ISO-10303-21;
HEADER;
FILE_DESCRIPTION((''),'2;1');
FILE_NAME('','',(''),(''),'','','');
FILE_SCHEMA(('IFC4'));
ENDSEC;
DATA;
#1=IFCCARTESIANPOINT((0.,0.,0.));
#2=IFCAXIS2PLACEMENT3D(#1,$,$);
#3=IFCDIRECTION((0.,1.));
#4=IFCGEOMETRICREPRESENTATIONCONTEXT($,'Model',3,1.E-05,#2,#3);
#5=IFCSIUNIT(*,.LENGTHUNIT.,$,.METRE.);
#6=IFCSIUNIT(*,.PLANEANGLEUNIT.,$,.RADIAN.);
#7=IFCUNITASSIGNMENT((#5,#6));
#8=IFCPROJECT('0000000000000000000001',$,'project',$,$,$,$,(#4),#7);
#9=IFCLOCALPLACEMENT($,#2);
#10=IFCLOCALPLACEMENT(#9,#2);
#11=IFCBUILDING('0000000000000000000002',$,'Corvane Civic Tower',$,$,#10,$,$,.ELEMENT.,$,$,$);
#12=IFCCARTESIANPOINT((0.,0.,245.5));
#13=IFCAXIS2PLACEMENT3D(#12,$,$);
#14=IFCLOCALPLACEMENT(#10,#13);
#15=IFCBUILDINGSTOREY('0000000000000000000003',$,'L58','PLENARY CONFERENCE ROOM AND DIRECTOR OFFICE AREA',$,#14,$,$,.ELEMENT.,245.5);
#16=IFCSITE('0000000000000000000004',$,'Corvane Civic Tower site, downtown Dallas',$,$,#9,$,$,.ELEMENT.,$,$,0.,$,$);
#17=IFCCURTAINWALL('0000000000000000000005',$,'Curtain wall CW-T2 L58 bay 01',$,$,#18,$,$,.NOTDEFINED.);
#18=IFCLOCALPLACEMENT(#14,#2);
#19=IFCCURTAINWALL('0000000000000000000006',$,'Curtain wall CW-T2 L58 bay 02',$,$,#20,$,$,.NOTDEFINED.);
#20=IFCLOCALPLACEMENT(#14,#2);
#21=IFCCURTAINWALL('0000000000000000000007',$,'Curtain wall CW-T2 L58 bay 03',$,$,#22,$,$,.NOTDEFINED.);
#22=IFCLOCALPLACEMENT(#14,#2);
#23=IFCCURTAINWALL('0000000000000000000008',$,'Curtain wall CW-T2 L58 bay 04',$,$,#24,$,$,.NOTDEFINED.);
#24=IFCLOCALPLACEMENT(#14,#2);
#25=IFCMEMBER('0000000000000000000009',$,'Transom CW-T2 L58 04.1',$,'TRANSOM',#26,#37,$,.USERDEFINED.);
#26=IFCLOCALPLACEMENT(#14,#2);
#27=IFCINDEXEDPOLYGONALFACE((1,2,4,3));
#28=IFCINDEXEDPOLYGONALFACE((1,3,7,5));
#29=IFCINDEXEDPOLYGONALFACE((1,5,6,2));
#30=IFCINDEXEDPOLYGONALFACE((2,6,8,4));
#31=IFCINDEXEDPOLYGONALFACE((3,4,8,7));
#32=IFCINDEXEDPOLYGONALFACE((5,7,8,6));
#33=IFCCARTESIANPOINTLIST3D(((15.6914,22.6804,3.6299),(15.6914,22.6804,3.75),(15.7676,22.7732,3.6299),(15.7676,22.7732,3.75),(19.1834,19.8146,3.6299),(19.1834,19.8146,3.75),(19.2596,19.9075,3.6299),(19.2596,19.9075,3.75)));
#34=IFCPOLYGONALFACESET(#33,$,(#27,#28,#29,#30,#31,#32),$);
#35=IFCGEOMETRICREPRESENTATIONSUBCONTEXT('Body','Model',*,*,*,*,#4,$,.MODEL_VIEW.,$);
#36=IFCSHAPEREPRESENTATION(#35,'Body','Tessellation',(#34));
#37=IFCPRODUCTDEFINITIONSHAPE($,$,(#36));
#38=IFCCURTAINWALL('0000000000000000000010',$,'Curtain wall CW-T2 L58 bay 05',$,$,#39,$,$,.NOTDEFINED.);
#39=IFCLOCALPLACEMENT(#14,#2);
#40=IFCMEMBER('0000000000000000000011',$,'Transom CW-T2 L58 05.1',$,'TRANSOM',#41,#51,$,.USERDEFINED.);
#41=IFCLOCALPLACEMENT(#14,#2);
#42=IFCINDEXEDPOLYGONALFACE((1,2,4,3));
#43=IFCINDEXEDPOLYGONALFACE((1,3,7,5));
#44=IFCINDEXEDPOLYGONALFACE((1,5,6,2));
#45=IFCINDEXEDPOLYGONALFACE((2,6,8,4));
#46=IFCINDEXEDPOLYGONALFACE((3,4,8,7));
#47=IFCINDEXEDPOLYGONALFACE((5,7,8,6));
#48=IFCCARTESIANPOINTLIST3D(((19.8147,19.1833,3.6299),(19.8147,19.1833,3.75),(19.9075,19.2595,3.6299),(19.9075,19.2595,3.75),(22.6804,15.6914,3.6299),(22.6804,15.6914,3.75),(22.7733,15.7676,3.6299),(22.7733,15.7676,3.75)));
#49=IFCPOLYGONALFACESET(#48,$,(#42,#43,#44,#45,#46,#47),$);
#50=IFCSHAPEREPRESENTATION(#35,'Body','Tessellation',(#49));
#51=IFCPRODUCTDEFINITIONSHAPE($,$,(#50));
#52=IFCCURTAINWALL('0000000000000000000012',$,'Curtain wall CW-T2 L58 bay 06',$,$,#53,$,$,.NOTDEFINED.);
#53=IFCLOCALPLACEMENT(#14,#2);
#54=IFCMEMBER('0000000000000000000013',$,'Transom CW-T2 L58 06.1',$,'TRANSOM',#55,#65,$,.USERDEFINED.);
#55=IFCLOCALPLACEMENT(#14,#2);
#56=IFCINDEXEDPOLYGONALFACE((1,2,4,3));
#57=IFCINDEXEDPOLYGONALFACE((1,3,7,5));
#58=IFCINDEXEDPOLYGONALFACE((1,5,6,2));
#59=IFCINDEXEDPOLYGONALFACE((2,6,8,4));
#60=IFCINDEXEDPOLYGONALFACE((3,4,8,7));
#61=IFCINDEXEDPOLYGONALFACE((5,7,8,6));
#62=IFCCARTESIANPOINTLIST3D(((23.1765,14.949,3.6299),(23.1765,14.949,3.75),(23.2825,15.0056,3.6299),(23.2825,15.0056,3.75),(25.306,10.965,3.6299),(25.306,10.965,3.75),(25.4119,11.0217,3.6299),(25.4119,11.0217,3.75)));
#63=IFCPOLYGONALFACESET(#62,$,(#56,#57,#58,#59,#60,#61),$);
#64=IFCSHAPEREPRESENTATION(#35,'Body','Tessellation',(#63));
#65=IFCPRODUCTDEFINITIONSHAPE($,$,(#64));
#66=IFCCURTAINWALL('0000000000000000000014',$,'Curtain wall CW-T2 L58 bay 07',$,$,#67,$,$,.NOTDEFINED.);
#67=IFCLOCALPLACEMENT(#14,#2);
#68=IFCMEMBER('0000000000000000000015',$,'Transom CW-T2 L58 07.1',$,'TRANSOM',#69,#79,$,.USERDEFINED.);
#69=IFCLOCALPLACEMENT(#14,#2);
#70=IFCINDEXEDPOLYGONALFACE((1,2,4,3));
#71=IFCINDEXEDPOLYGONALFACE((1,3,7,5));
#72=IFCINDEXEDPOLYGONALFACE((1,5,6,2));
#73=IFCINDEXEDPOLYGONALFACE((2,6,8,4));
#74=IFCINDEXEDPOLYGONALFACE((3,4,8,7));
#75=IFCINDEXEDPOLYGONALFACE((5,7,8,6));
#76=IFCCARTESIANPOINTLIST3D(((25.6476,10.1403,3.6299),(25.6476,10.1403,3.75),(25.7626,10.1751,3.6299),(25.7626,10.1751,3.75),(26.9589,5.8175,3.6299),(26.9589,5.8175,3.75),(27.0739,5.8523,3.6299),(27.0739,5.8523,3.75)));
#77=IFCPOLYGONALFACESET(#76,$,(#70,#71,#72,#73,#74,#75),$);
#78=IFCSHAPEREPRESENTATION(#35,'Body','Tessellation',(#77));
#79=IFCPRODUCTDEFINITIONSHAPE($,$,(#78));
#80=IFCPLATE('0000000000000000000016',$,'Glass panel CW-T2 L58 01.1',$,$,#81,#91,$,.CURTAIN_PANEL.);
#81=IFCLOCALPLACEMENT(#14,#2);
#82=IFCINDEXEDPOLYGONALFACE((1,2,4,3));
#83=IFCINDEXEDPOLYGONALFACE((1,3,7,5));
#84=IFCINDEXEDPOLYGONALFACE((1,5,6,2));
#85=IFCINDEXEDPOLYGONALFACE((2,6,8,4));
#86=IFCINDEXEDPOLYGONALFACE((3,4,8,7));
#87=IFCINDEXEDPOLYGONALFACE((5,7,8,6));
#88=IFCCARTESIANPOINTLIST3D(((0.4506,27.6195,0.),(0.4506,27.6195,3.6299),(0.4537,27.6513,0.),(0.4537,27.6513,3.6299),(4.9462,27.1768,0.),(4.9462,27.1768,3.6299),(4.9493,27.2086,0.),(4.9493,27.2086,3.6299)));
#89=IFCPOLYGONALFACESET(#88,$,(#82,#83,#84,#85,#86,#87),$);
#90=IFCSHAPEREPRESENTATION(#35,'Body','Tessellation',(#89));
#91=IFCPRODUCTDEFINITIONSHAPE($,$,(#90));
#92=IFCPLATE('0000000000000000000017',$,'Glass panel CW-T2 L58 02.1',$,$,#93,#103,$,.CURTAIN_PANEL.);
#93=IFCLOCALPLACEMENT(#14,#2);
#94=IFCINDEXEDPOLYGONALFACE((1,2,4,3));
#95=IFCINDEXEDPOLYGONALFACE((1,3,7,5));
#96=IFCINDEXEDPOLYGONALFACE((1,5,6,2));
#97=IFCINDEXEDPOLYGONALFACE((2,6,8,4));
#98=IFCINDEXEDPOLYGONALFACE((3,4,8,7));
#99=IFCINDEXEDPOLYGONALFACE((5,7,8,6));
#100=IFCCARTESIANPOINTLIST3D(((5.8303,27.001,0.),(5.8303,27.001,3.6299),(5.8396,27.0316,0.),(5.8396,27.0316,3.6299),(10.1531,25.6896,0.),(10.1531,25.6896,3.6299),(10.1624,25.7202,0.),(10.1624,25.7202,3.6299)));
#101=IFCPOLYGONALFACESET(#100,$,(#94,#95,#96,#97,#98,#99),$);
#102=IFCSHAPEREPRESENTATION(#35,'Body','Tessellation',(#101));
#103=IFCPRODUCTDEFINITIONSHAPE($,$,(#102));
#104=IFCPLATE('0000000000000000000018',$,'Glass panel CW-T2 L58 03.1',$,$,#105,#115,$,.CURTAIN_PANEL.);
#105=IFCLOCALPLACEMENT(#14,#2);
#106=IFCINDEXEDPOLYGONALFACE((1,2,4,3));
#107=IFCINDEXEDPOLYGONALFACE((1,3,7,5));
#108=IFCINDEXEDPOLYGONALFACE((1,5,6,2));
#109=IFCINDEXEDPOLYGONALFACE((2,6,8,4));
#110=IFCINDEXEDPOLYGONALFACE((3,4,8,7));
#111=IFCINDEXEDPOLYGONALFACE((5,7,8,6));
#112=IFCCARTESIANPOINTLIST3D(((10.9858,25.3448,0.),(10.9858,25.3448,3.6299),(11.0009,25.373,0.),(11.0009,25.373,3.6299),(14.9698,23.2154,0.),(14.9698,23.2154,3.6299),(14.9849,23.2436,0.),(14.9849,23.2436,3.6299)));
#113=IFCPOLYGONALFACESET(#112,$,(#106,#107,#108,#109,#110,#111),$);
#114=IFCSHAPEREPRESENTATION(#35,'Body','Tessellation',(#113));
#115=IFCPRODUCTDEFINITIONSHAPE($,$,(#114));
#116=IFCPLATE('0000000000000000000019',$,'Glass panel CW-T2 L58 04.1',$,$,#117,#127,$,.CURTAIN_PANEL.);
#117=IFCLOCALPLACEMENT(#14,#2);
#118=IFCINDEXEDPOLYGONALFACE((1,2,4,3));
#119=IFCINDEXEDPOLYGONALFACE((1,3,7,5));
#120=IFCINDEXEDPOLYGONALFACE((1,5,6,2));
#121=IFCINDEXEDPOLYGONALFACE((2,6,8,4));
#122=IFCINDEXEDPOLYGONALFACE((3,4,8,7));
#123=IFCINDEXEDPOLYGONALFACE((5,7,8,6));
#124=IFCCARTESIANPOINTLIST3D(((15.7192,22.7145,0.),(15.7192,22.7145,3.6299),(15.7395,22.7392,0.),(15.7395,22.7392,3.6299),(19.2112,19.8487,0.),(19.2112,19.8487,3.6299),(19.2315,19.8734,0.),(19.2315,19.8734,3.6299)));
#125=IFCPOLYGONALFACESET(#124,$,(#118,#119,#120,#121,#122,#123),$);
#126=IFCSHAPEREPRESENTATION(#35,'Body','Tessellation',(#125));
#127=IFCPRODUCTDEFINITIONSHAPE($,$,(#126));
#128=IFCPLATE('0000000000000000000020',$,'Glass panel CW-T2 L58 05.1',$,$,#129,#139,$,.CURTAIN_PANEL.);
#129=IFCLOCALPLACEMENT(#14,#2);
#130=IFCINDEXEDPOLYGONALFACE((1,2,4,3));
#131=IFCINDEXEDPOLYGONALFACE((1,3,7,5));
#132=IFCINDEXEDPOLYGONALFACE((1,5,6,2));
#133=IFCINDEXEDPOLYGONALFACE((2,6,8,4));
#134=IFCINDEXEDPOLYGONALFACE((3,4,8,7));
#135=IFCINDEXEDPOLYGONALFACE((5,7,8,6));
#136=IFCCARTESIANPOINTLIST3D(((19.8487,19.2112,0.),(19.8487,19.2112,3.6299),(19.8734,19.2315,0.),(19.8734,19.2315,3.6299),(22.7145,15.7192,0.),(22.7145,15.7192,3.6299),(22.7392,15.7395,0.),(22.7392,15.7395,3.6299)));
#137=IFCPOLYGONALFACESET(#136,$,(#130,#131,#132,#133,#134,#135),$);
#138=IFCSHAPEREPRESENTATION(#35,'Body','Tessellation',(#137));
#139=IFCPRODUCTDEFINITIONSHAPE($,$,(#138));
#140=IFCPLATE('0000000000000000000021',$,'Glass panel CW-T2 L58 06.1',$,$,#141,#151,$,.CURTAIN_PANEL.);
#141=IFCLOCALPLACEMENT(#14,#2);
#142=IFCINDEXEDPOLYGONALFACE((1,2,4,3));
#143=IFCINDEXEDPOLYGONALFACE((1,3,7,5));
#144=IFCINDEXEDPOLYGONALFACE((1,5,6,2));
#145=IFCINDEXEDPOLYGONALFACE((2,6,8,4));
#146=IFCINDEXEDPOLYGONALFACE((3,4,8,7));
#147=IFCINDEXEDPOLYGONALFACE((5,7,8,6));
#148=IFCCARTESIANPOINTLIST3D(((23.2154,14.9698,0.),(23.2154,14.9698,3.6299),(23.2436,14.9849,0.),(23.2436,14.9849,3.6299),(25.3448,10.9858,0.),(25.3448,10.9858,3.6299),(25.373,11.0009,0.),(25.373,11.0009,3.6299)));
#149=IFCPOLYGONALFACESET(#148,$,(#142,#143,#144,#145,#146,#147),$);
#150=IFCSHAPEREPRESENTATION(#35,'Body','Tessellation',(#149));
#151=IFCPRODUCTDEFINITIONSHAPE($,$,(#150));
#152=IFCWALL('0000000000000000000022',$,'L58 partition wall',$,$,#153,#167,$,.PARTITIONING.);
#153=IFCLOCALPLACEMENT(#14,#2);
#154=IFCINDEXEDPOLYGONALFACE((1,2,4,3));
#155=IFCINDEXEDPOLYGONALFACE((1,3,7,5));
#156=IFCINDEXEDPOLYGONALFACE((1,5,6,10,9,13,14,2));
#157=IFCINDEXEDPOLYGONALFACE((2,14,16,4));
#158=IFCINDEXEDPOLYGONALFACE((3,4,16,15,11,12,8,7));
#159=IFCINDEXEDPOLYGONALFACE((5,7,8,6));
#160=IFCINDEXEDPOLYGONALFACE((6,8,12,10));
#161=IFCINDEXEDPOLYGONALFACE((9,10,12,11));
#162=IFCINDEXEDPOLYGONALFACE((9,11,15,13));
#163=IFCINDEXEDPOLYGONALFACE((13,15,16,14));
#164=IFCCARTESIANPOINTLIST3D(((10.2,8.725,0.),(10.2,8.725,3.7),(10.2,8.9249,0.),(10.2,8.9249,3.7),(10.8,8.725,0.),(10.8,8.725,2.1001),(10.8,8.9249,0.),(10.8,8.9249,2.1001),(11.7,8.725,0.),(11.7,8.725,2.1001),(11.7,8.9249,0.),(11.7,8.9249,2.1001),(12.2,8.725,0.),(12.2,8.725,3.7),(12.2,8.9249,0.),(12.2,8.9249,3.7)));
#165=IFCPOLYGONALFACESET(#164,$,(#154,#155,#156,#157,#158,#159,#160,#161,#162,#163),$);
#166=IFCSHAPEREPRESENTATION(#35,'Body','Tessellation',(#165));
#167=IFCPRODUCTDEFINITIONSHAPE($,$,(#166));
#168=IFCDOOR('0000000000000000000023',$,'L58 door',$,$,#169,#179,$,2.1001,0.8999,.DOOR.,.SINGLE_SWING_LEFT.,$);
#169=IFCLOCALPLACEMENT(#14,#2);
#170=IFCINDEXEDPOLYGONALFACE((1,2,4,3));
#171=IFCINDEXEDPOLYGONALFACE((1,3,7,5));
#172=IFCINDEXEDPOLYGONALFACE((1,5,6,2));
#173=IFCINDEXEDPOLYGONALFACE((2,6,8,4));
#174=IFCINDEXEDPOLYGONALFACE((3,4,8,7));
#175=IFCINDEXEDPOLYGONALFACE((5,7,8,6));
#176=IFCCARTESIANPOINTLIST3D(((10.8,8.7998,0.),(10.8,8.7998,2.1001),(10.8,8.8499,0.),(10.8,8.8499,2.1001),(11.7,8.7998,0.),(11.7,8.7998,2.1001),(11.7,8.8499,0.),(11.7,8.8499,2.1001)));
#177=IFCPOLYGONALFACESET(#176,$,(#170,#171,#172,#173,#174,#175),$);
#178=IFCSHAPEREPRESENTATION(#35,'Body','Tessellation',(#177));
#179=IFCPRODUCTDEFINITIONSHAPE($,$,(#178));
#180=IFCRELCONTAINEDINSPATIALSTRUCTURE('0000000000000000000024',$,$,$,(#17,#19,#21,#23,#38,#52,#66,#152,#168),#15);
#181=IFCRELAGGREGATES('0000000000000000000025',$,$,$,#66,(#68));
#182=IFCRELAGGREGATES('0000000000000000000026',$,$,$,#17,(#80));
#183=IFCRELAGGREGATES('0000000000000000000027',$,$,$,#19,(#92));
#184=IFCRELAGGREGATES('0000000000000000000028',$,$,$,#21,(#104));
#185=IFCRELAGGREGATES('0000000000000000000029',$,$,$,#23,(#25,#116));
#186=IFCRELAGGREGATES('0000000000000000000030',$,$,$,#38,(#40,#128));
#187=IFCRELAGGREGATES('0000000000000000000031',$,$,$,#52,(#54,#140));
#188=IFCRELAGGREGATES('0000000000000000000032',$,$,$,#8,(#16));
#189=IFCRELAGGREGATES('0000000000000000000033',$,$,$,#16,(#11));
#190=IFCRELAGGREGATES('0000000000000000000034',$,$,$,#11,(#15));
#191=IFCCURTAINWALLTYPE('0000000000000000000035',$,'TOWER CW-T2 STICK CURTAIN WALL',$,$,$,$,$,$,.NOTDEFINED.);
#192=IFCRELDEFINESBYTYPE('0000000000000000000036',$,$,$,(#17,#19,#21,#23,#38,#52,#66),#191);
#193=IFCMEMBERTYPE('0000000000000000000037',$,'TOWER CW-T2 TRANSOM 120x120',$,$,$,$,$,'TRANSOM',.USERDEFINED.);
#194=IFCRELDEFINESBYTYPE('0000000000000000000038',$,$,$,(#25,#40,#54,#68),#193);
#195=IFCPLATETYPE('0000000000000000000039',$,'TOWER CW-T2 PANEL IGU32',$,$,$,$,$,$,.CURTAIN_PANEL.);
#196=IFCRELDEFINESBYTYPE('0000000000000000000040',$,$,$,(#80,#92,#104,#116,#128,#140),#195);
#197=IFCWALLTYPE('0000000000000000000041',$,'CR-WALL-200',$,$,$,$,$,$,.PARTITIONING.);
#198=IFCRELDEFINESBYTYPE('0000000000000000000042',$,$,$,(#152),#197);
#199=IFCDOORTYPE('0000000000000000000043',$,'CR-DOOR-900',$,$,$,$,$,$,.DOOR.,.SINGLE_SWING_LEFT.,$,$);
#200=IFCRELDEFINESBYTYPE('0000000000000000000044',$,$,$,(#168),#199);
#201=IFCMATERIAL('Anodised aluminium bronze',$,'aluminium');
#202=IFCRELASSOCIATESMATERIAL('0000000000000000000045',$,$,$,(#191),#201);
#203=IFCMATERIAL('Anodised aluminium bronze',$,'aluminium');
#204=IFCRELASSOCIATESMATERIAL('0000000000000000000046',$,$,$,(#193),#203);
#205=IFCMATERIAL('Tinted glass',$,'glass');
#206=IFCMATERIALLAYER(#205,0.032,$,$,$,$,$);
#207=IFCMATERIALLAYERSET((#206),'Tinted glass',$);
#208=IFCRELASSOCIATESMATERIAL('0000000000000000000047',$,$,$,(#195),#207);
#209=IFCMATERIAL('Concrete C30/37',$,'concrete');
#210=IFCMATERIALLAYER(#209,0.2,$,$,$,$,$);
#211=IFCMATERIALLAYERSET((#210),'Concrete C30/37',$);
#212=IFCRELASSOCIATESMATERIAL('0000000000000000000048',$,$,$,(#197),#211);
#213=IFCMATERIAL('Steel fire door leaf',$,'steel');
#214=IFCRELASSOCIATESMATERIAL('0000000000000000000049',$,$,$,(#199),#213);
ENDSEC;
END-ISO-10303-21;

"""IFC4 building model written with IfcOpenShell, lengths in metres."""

from ifc_helpers import new_model, si_unit, direction, frame, frame_2d, origin, origin_2d, place, context, subcontext, project, spatial, rectangle, extrude, material, layer, layer_set, material_profile, profile_set, type_object, element, fill, aggregate, save


model = new_model("IFC4")

# Units and contexts
model_context = context("Model", 3, precision=1e-05, world=origin(), true_north=direction((0.0, 1.0)))
body_context = subcontext(model_context, "Body", "Model", "MODEL_VIEW")
ifc_project = project(units=[si_unit("LENGTHUNIT", "METRE"), si_unit("PLANEANGLEUNIT", "RADIAN")], contexts=[model_context])

# Site, building, storey
site_placement = place(None, origin())
site = spatial("IfcSite", under=ifc_project, at=site_placement, Name="Corvane Civic Tower site, downtown Dallas", CompositionType="ELEMENT", RefElevation=0.0)
building_placement = place(site_placement, origin())
building = spatial("IfcBuilding", under=site, at=building_placement, Name="Corvane Civic Tower", CompositionType="ELEMENT")
storey_placement = place(building_placement, frame((0.0, 0.0, 245.5)))
storey = spatial("IfcBuildingStorey", under=building, at=storey_placement, Name="L58", Description="PLENARY CONFERENCE ROOM AND DIRECTOR OFFICE AREA", CompositionType="ELEMENT", Elevation=245.5)

# Curtain walls, members
ifc_material_1 = material(Name="Anodised aluminium bronze", Category="aluminium")
curtain_wall_type = type_object("IfcCurtainWallType", Name="TOWER CW-T2 STICK CURTAIN WALL", PredefinedType="NOTDEFINED", material=ifc_material_1)
curtain_wall_1_placement = place(storey_placement, origin())
curtain_wall_1 = element("IfcCurtainWall", 1, at=curtain_wall_1_placement, inside=storey, type_object=curtain_wall_type, Name="Curtain wall CW-T2 L58 bay 01", PredefinedType="NOTDEFINED")
ifc_material_2 = material(Name="Anodised aluminium bronze", Category="aluminium")
ifc_material_profile_1 = material_profile(ifc_material_2, rectangle(XDim=0.1201, YDim=0.1201, at=origin_2d()), Name="TOWER CW-T2 TRANSOM 120x120")
ifc_profile_set_1 = profile_set([ifc_material_profile_1], Name="Anodised aluminium bronze")
member_type = type_object("IfcMemberType", Name="TOWER CW-T2 TRANSOM 120x120", ElementType="TRANSOM", PredefinedType="USERDEFINED", material=ifc_profile_set_1)
curtain_wall_2_placement = place(storey_placement, origin())
curtain_wall_2 = element("IfcCurtainWall", 2, at=curtain_wall_2_placement, inside=storey, type_object=curtain_wall_type, Name="Curtain wall CW-T2 L58 bay 02", PredefinedType="NOTDEFINED")
curtain_wall_3_placement = place(storey_placement, origin())
curtain_wall_3 = element("IfcCurtainWall", 3, at=curtain_wall_3_placement, inside=storey, type_object=curtain_wall_type, Name="Curtain wall CW-T2 L58 bay 03", PredefinedType="NOTDEFINED")
curtain_wall_4_placement = place(storey_placement, origin())
curtain_wall_4 = element("IfcCurtainWall", 4, at=curtain_wall_4_placement, inside=storey, type_object=curtain_wall_type, Name="Curtain wall CW-T2 L58 bay 04", PredefinedType="NOTDEFINED")
member_1_placement = place(storey_placement, frame((15.7295, 22.7268, 3.6899), z_axis=(0.773015, -0.634388, 0.0), x_axis=(0.634388, 0.773015, 0.0)))
member_1 = element("IfcMember", 5, at=member_1_placement, type_object=member_type, Name="Transom CW-T2 L58 04.1", ObjectType="TRANSOM", PredefinedType="USERDEFINED", context=body_context, shape_type="SweptSolid", body=[
    extrude(rectangle(XDim=0.1201, YDim=0.1201, at=origin_2d()), origin(), (0.0, 0.0, 1.0), 4.5173),
])
curtain_wall_5_placement = place(storey_placement, origin())
curtain_wall_5 = element("IfcCurtainWall", 6, at=curtain_wall_5_placement, inside=storey, type_object=curtain_wall_type, Name="Curtain wall CW-T2 L58 bay 05", PredefinedType="NOTDEFINED")
member_2_placement = place(storey_placement, frame((19.8611, 19.2214, 3.6899), z_axis=(0.634388, -0.773015, 0.0), x_axis=(0.773015, 0.634388, 0.0)))
member_2 = element("IfcMember", 7, at=member_2_placement, type_object=member_type, Name="Transom CW-T2 L58 05.1", ObjectType="TRANSOM", PredefinedType="USERDEFINED", context=body_context, shape_type="SweptSolid", body=[
    extrude(rectangle(XDim=0.1201, YDim=0.1201, at=origin_2d()), origin(), (0.0, 0.0, 1.0), 4.5173),
])
curtain_wall_6_placement = place(storey_placement, origin())
curtain_wall_6 = element("IfcCurtainWall", 8, at=curtain_wall_6_placement, inside=storey, type_object=curtain_wall_type, Name="Curtain wall CW-T2 L58 bay 06", PredefinedType="NOTDEFINED")
member_3_placement = place(storey_placement, frame((23.2295, 14.9773, 3.6899), z_axis=(0.47139, -0.881925, 0.0), x_axis=(0.881925, 0.47139, 0.0)))
member_3 = element("IfcMember", 9, at=member_3_placement, type_object=member_type, Name="Transom CW-T2 L58 06.1", ObjectType="TRANSOM", PredefinedType="USERDEFINED", context=body_context, shape_type="SweptSolid", body=[
    extrude(rectangle(XDim=0.1201, YDim=0.1201, at=origin_2d()), origin(), (0.0, 0.0, 1.0), 4.5173),
])
curtain_wall_7_placement = place(storey_placement, origin())
curtain_wall_7 = element("IfcCurtainWall", 10, at=curtain_wall_7_placement, inside=storey, type_object=curtain_wall_type, Name="Curtain wall CW-T2 L58 bay 07", PredefinedType="NOTDEFINED")
member_4_placement = place(storey_placement, frame((25.7051, 10.1577, 3.6899), z_axis=(0.290282, -0.956941, 0.0), x_axis=(0.956941, 0.290282, 0.0)))
member_4 = element("IfcMember", 11, at=member_4_placement, type_object=member_type, Name="Transom CW-T2 L58 07.1", ObjectType="TRANSOM", PredefinedType="USERDEFINED", context=body_context, shape_type="SweptSolid", body=[
    extrude(rectangle(XDim=0.1201, YDim=0.1201, at=origin_2d()), origin(), (0.0, 0.0, 1.0), 4.5173),
])
aggregate(curtain_wall_7, [member_4])

# Plates
ifc_material_3 = material(Name="Tinted glass", Category="glass")
ifc_layer_1 = layer(ifc_material_3, 0.032)
ifc_layer_set_1 = layer_set([ifc_layer_1], Name="Tinted glass")
plate_type = type_object("IfcPlateType", Name="TOWER CW-T2 PANEL IGU32", PredefinedType="CURTAIN_PANEL", material=ifc_layer_set_1)
plate_1_placement = place(storey_placement, frame((2.7, 27.4141, 0.0), z_axis=(0.0, 0.0, 1.0), x_axis=(0.995187, -0.097993, 0.0)))
plate_1 = element("IfcPlate", 12, at=plate_1_placement, type_object=plate_type, Name="Glass panel CW-T2 L58 01.1", PredefinedType="CURTAIN_PANEL", context=body_context, shape_type="SweptSolid", body=[
    extrude(rectangle(XDim=4.5173, YDim=0.032, at=origin_2d()), origin(), (0.0, 0.0, 1.0), 3.6299),
])
aggregate(curtain_wall_1, [plate_1])
plate_2_placement = place(storey_placement, frame((7.9963, 26.3606, 0.0), z_axis=(0.0, 0.0, 1.0), x_axis=(0.956939, -0.29029, 0.0)))
plate_2 = element("IfcPlate", 13, at=plate_2_placement, type_object=plate_type, Name="Glass panel CW-T2 L58 02.1", PredefinedType="CURTAIN_PANEL", context=body_context, shape_type="SweptSolid", body=[
    extrude(rectangle(XDim=4.5173, YDim=0.032, at=origin_2d()), origin(), (0.0, 0.0, 1.0), 3.6299),
])
aggregate(curtain_wall_2, [plate_2])
plate_3_placement = place(storey_placement, frame((12.9854, 24.2942, 0.0), z_axis=(0.0, 0.0, 1.0), x_axis=(0.88192, -0.471398, 0.0)))
plate_3 = element("IfcPlate", 14, at=plate_3_placement, type_object=plate_type, Name="Glass panel CW-T2 L58 03.1", PredefinedType="CURTAIN_PANEL", context=body_context, shape_type="SweptSolid", body=[
    extrude(rectangle(XDim=4.5173, YDim=0.032, at=origin_2d()), origin(), (0.0, 0.0, 1.0), 3.6299),
])
aggregate(curtain_wall_3, [plate_3])
plate_4_placement = place(storey_placement, frame((17.4753, 21.2939, 0.0), z_axis=(0.0, 0.0, 1.0), x_axis=(0.773012, -0.634391, 0.0)))
plate_4 = element("IfcPlate", 15, at=plate_4_placement, type_object=plate_type, Name="Glass panel CW-T2 L58 04.1", PredefinedType="CURTAIN_PANEL", context=body_context, shape_type="SweptSolid", body=[
    extrude(rectangle(XDim=4.5173, YDim=0.032, at=origin_2d()), origin(), (0.0, 0.0, 1.0), 3.6299),
])
aggregate(curtain_wall_4, [member_1, plate_4])
plate_5_placement = place(storey_placement, frame((21.2939, 17.4753, 0.0), z_axis=(0.0, 0.0, 1.0), x_axis=(0.634391, -0.773012, 0.0)))
plate_5 = element("IfcPlate", 16, at=plate_5_placement, type_object=plate_type, Name="Glass panel CW-T2 L58 05.1", PredefinedType="CURTAIN_PANEL", context=body_context, shape_type="SweptSolid", body=[
    extrude(rectangle(XDim=4.5173, YDim=0.032, at=origin_2d()), origin(), (0.0, 0.0, 1.0), 3.6299),
])
aggregate(curtain_wall_5, [member_2, plate_5])
plate_6_placement = place(storey_placement, frame((24.2942, 12.9854, 0.0), z_axis=(0.0, 0.0, 1.0), x_axis=(0.471398, -0.88192, 0.0)))
plate_6 = element("IfcPlate", 17, at=plate_6_placement, type_object=plate_type, Name="Glass panel CW-T2 L58 06.1", PredefinedType="CURTAIN_PANEL", context=body_context, shape_type="SweptSolid", body=[
    extrude(rectangle(XDim=4.5173, YDim=0.032, at=origin_2d()), origin(), (0.0, 0.0, 1.0), 3.6299),
])
aggregate(curtain_wall_6, [member_3, plate_6])

# Wall, opening, door
ifc_material_4 = material(Name="Concrete C30/37", Category="concrete")
ifc_layer_2 = layer(ifc_material_4, 0.2)
ifc_layer_set_2 = layer_set([ifc_layer_2], Name="Concrete C30/37")
wall_type_1 = type_object("IfcWallType", Name="CR-WALL-200", PredefinedType="PARTITIONING", material=ifc_layer_set_2)
wall_1_placement = place(storey_placement, frame((10.2, 8.825, 0.0), z_axis=(0.0, 0.0, 1.0), x_axis=(1.0, 0.0, 0.0)))
wall_1 = element("IfcWall", 18, at=wall_1_placement, inside=storey, type_object=wall_type_1, Name="L58 partition wall", PredefinedType="PARTITIONING", context=body_context, shape_type="SweptSolid", body=[
    extrude(rectangle(XDim=2.0, YDim=0.2, at=frame_2d((1.0, 0.0))), origin(), (0.0, 0.0, 1.0), 3.7),
])
opening_1_placement = place(wall_1_placement, frame((0.6001, 0.0, 0.0)))
opening_1 = element("IfcOpeningElement", 19, at=opening_1_placement, cuts=wall_1, PredefinedType="OPENING", context=body_context, shape_type="SweptSolid", body=[
    extrude(rectangle(XDim=0.8999, YDim=2.1001, at=frame_2d((0.45, 1.05))), frame((0.0, 0.1099, 0.0), z_axis=(0.0, -1.0, 0.0), x_axis=(1.0, 0.0, 0.0)), (0.0, 0.0, 1.0), 0.22),
])
ifc_material_5 = material(Name="Steel fire door leaf", Category="steel")
door_type = type_object("IfcDoorType", Name="CR-DOOR-900", OperationType="SINGLE_SWING_LEFT", PredefinedType="DOOR", material=ifc_material_5)
door_1_placement = place(opening_1_placement, origin())
door_1 = element("IfcDoor", 20, at=door_1_placement, inside=storey, type_object=door_type, Name="L58 door", OperationType="SINGLE_SWING_LEFT", OverallHeight=2.1001, OverallWidth=0.8999, PredefinedType="DOOR", context=body_context, shape_type="SweptSolid", body=[
    extrude(rectangle(XDim=0.8999, YDim=2.1001, at=frame_2d((0.45, 1.05))), frame((0.0, 0.0249, 0.0), z_axis=(0.0, -1.0, 0.0), x_axis=(1.0, 0.0, 0.0)), (0.0, 0.0, 1.0), 0.05),
])
fill(opening_1, door_1)

save(model, "model.ifc")
